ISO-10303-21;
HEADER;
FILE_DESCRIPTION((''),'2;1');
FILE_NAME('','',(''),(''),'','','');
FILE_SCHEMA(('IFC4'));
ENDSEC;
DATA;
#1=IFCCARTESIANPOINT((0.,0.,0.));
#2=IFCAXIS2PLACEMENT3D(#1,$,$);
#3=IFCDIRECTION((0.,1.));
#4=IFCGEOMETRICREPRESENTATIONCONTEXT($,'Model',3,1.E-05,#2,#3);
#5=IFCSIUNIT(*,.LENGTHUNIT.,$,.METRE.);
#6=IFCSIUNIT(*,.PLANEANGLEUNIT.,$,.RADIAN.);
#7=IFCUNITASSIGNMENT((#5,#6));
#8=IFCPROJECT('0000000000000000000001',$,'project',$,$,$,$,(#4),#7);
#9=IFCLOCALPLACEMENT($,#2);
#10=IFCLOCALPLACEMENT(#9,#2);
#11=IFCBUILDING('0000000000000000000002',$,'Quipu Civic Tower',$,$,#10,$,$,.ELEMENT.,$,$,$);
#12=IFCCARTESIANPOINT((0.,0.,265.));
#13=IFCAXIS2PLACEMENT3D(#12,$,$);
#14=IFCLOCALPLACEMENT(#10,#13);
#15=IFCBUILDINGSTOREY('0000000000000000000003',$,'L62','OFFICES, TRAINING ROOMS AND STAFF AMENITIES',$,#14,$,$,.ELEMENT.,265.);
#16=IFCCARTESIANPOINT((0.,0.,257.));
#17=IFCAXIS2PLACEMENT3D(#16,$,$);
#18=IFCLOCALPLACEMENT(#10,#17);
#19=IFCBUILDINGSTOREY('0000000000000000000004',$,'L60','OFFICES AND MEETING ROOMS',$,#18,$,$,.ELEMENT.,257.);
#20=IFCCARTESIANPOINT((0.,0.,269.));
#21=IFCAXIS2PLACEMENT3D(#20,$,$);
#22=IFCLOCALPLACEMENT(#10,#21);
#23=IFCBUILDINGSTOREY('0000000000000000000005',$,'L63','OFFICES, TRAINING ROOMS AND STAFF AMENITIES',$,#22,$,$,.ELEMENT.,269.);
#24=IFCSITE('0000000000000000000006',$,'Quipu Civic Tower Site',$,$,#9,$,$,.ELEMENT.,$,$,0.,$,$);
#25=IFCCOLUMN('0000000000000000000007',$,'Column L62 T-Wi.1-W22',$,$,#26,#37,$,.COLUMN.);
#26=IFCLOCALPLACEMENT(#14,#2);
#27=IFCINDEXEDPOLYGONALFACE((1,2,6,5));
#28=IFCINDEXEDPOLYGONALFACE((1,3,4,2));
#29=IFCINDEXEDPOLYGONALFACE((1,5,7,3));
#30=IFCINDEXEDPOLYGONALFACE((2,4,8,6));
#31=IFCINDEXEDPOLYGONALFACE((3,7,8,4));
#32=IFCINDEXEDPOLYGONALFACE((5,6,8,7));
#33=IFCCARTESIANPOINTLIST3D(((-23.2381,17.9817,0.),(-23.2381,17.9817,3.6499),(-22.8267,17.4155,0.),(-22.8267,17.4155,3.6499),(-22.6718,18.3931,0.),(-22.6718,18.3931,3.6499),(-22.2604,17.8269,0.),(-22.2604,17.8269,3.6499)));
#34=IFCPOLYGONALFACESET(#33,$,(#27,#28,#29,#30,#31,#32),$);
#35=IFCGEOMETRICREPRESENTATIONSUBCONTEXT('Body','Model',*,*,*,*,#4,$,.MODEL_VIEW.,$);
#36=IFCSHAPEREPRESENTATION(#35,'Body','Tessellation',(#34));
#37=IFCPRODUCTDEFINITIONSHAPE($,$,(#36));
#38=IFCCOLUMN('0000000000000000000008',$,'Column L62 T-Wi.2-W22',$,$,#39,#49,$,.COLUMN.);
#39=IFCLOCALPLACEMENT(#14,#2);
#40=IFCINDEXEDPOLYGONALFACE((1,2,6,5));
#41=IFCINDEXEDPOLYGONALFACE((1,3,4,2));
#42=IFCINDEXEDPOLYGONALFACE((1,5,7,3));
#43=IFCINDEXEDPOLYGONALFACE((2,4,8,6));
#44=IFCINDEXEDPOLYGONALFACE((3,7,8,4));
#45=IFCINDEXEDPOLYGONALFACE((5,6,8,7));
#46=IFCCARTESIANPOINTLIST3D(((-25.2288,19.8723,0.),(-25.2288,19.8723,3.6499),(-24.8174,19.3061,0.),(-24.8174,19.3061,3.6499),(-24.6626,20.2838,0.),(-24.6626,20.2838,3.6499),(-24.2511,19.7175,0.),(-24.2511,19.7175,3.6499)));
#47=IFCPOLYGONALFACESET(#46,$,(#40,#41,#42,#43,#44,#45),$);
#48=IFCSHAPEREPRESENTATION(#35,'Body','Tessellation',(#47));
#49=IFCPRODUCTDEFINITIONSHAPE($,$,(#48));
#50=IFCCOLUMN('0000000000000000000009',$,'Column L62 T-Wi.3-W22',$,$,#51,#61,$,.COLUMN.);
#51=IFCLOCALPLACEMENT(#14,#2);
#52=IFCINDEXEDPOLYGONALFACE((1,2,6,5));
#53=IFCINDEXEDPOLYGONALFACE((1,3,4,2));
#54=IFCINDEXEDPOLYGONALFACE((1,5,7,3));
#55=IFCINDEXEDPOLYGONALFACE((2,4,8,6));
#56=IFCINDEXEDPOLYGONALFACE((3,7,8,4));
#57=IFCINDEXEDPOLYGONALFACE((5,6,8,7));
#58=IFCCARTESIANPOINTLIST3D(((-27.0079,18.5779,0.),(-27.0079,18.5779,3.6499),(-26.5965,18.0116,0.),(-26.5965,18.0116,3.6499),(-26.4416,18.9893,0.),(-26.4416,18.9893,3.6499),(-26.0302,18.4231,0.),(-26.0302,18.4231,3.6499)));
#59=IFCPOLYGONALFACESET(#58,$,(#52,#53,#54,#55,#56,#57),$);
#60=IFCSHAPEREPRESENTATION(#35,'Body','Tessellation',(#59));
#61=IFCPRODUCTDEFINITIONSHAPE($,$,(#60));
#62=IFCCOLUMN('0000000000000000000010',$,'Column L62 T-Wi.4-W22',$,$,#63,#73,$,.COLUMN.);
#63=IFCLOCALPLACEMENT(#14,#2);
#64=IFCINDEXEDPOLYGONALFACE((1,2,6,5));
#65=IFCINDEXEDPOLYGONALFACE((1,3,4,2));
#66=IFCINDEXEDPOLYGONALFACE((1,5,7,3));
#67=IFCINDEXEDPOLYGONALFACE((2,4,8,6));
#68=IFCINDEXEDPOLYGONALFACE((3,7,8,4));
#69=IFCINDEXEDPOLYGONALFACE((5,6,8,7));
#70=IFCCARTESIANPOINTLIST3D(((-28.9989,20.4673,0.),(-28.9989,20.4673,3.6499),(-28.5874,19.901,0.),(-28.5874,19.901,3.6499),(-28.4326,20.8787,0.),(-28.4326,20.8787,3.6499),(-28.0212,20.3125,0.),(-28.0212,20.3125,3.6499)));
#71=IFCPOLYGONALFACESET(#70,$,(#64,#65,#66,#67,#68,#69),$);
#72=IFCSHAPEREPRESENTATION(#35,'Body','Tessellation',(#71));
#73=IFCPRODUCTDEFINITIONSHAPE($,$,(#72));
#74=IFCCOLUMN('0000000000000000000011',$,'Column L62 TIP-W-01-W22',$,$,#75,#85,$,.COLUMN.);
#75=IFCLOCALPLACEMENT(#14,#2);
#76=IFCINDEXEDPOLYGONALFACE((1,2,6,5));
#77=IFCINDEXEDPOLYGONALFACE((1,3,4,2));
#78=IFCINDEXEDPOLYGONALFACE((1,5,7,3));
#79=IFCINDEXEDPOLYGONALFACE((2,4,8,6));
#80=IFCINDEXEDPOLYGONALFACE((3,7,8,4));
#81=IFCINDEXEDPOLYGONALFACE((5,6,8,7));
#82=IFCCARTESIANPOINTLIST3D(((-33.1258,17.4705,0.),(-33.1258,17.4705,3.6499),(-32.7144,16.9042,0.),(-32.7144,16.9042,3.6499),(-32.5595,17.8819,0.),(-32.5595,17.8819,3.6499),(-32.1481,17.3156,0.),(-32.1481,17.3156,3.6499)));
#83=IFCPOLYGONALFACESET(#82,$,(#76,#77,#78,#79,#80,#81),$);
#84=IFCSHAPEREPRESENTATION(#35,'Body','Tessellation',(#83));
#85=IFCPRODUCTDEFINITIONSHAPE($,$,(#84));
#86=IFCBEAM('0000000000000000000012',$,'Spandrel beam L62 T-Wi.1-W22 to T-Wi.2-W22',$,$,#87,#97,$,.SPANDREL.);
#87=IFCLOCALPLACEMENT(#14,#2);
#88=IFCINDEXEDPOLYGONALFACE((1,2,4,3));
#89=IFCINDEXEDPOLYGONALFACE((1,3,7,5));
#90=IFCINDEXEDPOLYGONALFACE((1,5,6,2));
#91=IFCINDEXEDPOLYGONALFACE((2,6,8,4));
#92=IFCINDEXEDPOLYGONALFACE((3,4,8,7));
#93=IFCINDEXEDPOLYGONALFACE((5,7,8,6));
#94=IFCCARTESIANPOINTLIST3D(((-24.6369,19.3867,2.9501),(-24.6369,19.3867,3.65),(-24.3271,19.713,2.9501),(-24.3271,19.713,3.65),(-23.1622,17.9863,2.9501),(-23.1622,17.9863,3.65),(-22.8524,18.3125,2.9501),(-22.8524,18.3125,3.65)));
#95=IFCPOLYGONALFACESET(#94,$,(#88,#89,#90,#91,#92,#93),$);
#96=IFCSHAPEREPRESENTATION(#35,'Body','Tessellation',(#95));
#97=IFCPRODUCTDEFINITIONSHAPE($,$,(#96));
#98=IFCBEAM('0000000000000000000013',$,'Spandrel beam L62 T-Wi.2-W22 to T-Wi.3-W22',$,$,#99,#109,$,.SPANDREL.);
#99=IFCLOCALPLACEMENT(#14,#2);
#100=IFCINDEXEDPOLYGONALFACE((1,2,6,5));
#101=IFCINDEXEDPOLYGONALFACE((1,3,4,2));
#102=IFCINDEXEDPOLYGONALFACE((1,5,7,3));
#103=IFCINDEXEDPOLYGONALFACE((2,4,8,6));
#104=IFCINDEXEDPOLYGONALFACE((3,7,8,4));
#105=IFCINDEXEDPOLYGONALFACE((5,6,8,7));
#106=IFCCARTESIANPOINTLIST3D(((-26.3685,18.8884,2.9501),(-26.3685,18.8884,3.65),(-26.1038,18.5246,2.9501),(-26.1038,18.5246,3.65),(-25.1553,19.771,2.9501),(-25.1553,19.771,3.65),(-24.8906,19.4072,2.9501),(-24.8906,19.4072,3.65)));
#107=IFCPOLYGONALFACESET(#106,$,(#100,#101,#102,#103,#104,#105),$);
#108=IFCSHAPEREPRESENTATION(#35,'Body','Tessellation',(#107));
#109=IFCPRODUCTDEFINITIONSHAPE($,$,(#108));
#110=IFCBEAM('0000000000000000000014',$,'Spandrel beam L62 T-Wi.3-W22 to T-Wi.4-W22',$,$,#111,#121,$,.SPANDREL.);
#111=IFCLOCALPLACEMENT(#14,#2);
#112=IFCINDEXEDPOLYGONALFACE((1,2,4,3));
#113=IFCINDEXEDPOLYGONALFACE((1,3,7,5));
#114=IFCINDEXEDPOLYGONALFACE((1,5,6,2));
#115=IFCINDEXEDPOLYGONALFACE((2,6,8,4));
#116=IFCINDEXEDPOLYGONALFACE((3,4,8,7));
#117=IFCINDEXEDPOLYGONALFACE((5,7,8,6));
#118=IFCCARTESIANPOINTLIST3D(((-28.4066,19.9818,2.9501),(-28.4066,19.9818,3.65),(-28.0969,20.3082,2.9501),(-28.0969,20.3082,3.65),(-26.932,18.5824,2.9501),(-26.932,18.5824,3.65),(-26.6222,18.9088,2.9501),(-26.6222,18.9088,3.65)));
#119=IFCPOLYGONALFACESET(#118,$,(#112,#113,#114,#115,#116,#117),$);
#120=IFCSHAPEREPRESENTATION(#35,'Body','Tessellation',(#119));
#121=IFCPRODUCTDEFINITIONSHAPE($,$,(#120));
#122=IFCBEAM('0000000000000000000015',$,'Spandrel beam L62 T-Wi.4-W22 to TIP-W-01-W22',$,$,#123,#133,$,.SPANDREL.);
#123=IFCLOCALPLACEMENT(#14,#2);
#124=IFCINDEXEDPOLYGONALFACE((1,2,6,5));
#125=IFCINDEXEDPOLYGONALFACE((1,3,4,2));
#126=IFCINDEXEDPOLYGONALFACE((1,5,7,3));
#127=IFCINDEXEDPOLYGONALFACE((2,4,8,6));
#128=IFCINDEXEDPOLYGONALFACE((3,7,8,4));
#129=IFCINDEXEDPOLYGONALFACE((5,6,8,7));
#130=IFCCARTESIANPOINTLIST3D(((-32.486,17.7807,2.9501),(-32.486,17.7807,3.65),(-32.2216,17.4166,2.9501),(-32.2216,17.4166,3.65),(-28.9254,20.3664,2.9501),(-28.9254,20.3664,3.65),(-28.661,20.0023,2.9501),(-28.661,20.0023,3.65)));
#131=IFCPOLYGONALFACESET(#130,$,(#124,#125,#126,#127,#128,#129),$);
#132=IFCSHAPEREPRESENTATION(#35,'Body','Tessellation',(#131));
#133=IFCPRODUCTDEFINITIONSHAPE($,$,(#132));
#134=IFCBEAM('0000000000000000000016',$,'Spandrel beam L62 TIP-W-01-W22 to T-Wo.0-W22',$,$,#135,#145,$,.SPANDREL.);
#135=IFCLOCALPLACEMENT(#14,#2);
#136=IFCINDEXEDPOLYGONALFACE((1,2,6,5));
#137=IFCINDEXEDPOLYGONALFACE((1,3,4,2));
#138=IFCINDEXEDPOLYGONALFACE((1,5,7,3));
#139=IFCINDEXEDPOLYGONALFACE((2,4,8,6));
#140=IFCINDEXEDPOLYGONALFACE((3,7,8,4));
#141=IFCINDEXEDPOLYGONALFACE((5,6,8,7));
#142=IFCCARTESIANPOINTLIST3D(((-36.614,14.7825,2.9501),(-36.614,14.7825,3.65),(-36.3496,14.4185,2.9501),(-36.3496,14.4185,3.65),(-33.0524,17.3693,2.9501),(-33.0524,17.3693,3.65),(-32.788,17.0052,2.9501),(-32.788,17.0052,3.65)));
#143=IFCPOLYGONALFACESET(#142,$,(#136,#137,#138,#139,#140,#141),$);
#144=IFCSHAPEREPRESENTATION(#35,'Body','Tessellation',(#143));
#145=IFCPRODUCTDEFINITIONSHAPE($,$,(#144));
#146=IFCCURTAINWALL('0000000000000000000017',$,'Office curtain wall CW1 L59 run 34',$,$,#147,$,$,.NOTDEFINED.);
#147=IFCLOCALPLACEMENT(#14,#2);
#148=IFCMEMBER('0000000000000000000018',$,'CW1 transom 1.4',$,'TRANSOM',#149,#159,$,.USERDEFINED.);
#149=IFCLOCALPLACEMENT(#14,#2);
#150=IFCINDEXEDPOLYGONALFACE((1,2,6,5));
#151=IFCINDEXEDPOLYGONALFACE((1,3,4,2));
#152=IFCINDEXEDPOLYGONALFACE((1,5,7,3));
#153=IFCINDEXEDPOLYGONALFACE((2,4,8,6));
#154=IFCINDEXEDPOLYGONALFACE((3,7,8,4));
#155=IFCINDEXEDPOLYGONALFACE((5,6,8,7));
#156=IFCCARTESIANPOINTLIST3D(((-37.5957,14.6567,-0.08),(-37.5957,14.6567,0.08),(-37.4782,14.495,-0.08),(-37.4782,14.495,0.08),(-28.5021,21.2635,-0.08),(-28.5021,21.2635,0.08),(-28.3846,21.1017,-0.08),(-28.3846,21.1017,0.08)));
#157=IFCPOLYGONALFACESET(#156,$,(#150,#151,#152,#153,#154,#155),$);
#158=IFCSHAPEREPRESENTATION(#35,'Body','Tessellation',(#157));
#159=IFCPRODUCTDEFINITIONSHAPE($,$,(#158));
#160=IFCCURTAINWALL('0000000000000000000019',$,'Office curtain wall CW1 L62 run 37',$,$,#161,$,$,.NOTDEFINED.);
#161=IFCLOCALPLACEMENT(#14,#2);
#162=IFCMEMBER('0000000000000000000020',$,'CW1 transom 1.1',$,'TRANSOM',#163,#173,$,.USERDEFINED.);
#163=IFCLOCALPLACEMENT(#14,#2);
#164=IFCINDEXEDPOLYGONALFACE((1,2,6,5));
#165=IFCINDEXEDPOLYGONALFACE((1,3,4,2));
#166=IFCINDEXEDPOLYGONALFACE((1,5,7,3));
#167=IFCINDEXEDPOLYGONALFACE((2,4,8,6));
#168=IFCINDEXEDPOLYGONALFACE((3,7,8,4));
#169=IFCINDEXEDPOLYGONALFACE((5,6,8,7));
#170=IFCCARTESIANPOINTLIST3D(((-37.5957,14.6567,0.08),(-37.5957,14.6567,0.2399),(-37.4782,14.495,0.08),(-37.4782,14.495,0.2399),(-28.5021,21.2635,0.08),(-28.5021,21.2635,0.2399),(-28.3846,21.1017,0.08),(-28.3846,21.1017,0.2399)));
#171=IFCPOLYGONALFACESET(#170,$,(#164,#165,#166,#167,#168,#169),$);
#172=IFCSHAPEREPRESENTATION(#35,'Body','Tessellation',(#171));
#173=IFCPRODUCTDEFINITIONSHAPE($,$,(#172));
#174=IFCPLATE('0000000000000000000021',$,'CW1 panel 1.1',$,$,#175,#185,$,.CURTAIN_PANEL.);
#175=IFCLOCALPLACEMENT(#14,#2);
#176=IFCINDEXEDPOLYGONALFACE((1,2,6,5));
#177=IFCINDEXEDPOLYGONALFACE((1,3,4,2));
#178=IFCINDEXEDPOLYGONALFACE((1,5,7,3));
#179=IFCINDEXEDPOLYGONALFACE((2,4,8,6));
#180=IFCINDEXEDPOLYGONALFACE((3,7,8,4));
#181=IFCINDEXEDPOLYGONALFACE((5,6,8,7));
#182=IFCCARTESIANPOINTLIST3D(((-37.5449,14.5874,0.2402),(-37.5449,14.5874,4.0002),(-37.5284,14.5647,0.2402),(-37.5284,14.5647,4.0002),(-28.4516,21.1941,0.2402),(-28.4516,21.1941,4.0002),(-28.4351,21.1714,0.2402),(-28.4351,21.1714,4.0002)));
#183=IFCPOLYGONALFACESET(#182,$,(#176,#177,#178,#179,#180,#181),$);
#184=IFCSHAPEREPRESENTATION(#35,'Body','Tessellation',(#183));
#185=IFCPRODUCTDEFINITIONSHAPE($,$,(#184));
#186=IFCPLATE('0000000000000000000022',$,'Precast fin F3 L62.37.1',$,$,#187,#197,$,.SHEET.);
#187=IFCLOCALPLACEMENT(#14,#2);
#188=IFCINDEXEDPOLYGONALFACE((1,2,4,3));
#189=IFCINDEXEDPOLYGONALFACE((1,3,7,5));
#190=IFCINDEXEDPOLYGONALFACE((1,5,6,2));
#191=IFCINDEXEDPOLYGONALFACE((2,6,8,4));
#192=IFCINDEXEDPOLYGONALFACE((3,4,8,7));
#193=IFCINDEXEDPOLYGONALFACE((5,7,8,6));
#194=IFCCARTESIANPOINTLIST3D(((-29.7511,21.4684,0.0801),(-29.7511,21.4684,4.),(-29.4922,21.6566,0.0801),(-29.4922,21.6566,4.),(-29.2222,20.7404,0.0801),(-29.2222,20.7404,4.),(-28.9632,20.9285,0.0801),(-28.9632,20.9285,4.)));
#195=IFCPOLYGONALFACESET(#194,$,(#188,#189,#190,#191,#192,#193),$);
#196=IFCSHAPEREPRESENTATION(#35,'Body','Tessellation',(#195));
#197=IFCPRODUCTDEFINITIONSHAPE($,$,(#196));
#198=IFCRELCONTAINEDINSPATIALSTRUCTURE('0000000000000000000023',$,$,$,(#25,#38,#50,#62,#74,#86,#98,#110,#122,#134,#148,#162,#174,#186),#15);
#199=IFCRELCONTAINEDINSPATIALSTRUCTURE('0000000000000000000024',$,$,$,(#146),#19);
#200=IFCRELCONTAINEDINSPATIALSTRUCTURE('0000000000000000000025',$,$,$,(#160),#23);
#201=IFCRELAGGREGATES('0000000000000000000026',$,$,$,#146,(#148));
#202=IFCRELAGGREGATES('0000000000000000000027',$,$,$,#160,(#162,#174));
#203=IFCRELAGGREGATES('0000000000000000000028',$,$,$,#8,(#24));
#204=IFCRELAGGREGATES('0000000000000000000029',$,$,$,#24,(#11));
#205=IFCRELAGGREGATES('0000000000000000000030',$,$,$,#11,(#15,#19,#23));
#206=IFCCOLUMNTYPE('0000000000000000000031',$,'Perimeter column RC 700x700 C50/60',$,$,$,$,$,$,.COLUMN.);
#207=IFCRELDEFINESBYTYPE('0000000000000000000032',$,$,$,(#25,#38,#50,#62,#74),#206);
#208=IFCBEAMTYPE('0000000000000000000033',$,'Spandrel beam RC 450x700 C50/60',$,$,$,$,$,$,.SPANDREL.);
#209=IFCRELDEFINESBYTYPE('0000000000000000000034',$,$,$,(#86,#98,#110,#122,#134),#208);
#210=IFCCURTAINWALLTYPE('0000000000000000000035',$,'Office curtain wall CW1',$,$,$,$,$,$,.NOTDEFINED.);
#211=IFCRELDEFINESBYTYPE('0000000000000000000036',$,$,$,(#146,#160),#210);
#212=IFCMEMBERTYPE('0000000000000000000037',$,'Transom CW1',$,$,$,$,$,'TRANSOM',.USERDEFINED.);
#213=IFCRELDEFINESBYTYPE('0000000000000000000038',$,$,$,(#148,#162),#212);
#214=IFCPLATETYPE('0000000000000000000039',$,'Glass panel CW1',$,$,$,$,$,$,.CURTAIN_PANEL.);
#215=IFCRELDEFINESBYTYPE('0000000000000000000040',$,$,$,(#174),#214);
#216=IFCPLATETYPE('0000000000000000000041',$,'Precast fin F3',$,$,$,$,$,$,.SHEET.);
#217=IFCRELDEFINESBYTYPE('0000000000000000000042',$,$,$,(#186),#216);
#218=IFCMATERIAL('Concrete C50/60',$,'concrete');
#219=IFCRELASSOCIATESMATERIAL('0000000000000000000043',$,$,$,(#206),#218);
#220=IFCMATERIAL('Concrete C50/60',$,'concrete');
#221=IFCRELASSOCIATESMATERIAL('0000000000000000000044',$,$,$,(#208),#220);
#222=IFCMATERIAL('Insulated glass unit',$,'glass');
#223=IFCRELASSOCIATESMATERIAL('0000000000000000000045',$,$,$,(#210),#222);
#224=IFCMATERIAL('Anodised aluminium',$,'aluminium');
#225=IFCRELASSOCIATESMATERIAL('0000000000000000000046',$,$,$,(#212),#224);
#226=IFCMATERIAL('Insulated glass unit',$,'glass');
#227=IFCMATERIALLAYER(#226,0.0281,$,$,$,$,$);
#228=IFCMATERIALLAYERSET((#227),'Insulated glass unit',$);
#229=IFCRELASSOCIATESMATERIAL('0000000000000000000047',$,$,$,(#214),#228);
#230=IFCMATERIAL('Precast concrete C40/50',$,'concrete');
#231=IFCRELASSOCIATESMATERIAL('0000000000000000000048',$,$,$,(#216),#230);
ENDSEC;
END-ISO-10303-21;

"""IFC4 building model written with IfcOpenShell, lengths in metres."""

from ifc_helpers import new_model, si_unit, direction, frame, origin, origin_2d, place, context, subcontext, project, spatial, rectangle, extrude, material, layer, layer_set, material_profile, profile_set, type_object, element, aggregate, save


model = new_model("IFC4")

# Units and contexts
model_context = context("Model", 3, precision=1e-05, world=origin(), true_north=direction((0.0, 1.0)))
body_context = subcontext(model_context, "Body", "Model", "MODEL_VIEW")
ifc_project = project(units=[si_unit("LENGTHUNIT", "METRE"), si_unit("PLANEANGLEUNIT", "RADIAN")], contexts=[model_context])

# Site, building, storey
site_placement = place(None, origin())
site = spatial("IfcSite", under=ifc_project, at=site_placement, Name="Quipu Civic Tower Site", CompositionType="ELEMENT", RefElevation=0.0)
building_placement = place(site_placement, origin())
building = spatial("IfcBuilding", under=site, at=building_placement, Name="Quipu Civic Tower", CompositionType="ELEMENT")
storey_1_placement = place(building_placement, frame((0.0, 0.0, 265.0)))
storey_1 = spatial("IfcBuildingStorey", under=building, at=storey_1_placement, Name="L62", Description="OFFICES, TRAINING ROOMS AND STAFF AMENITIES", CompositionType="ELEMENT", Elevation=265.0)

# Columns
ifc_material_1 = material(Name="Concrete C50/60", Category="concrete")
ifc_material_profile_1 = material_profile(ifc_material_1, rectangle(XDim=0.7, YDim=0.7, at=origin_2d()), Name="RC700x700")
ifc_profile_set_1 = profile_set([ifc_material_profile_1], Name="Concrete C50/60")
column_type = type_object("IfcColumnType", Name="Perimeter column RC 700x700 C50/60", PredefinedType="COLUMN", material=ifc_profile_set_1)
for number, where, z_axis, x_axis, name in (
    (1, (-22.7493, 17.9043, 0.0), (0.0, 0.0, 1.0), (-0.587785, 0.809017, 0.0), "Column L62 T-Wi.1-W22"),
    (2, (-24.74, 19.7949, 0.0), (0.0, 0.0, 1.0), (-0.587785, 0.809017, 0.0), "Column L62 T-Wi.2-W22"),
    (3, (-26.519, 18.5005, 0.0), (0.0, 0.0, 1.0), (-0.587785, 0.809017, 0.0), "Column L62 T-Wi.3-W22"),
    (4, (-28.51, 20.3899, 0.0), (0.0, 0.0, 1.0), (-0.809017, -0.587785, 0.0), "Column L62 T-Wi.4-W22"),
    (5, (-32.637, 17.3931, 0.0), (0.0, 0.0, 1.0), (-0.809017, -0.587785, 0.0), "Column L62 TIP-W-01-W22"),
):
    element("IfcColumn", number, at=place(storey_1_placement, frame(where, z_axis=z_axis, x_axis=x_axis)), inside=storey_1, type_object=column_type, Name=name, PredefinedType="COLUMN", context=body_context, shape_type="SweptSolid", body=[
        extrude(rectangle(XDim=0.7, YDim=0.7, at=origin_2d()), origin(), (0.0, 0.0, 1.0), 3.6499),
    ])

# Beams
ifc_material_2 = material(Name="Concrete C50/60", Category="concrete")
ifc_material_profile_2 = material_profile(ifc_material_2, rectangle(XDim=0.45, YDim=0.7, at=origin_2d()), Name="RC450x700")
ifc_profile_set_2 = profile_set([ifc_material_profile_2], Name="Concrete C50/60")
beam_type = type_object("IfcBeamType", Name="Spandrel beam RC 450x700 C50/60", PredefinedType="SPANDREL", material=ifc_profile_set_2)
beam_1_placement = place(storey_1_placement, frame((-23.0073, 18.1494, 3.3), z_axis=(-0.725119, 0.688623, 0.0), x_axis=(-0.688623, -0.725119, 0.0)))
element("IfcBeam", 6, at=beam_1_placement, inside=storey_1, type_object=beam_type, Name="Spandrel beam L62 T-Wi.1-W22 to T-Wi.2-W22", PredefinedType="SPANDREL", context=body_context, shape_type="SweptSolid", body=[
    extrude(rectangle(XDim=0.45, YDim=0.7, at=origin_2d()), origin(), (0.0, 0.0, 1.0), 2.0337),
])
beam_2_placement = place(storey_1_placement, frame((-25.0229, 19.5891, 3.3), z_axis=(-0.808645, -0.588297, 0.0), x_axis=(0.588297, -0.808645, 0.0)))
element("IfcBeam", 7, at=beam_2_placement, inside=storey_1, type_object=beam_type, Name="Spandrel beam L62 T-Wi.2-W22 to T-Wi.3-W22", PredefinedType="SPANDREL", context=body_context, shape_type="SweptSolid", body=[
    extrude(rectangle(XDim=0.45, YDim=0.7, at=origin_2d()), origin(), (0.0, 0.0, 1.0), 1.5002),
])
beam_3_placement = place(storey_1_placement, frame((-26.7771, 18.7456, 3.3), z_axis=(-0.725359, 0.688371, 0.0), x_axis=(-0.688371, -0.725359, 0.0)))
element("IfcBeam", 8, at=beam_3_placement, inside=storey_1, type_object=beam_type, Name="Spandrel beam L62 T-Wi.3-W22 to T-Wi.4-W22", PredefinedType="SPANDREL", context=body_context, shape_type="SweptSolid", body=[
    extrude(rectangle(XDim=0.45, YDim=0.7, at=origin_2d()), origin(), (0.0, 0.0, 1.0), 2.033),
])
beam_4_placement = place(storey_1_placement, frame((-28.7932, 20.1843, 3.3), z_axis=(-0.809146, -0.587607, 0.0), x_axis=(0.587607, -0.809146, 0.0)))
element("IfcBeam", 9, at=beam_4_placement, inside=storey_1, type_object=beam_type, Name="Spandrel beam L62 T-Wi.4-W22 to TIP-W-01-W22", PredefinedType="SPANDREL", context=body_context, shape_type="SweptSolid", body=[
    extrude(rectangle(XDim=0.45, YDim=0.7, at=origin_2d()), origin(), (0.0, 0.0, 1.0), 4.4004),
])
beam_5_placement = place(storey_1_placement, frame((-32.9202, 17.1873, 3.3), z_axis=(-0.809117, -0.587647, 0.0), x_axis=(0.587647, -0.809117, 0.0)))
element("IfcBeam", 10, at=beam_5_placement, inside=storey_1, type_object=beam_type, Name="Spandrel beam L62 TIP-W-01-W22 to T-Wo.0-W22", PredefinedType="SPANDREL", context=body_context, shape_type="SweptSolid", body=[
    extrude(rectangle(XDim=0.45, YDim=0.7, at=origin_2d()), origin(), (0.0, 0.0, 1.0), 4.4019),
])

# Shared definitions
storey_2_placement = place(building_placement, frame((0.0, 0.0, 257.0)))
storey_2 = spatial("IfcBuildingStorey", under=building, at=storey_2_placement, Name="L60", Description="OFFICES AND MEETING ROOMS", CompositionType="ELEMENT", Elevation=257.0)

# Curtain wall, member
ifc_material_3 = material(Name="Insulated glass unit", Category="glass")
curtain_wall_type = type_object("IfcCurtainWallType", Name="Office curtain wall CW1", PredefinedType="NOTDEFINED", material=ifc_material_3)
curtain_wall_1_placement = place(storey_2_placement, origin())
curtain_wall_1 = element("IfcCurtainWall", 11, at=curtain_wall_1_placement, inside=storey_2, type_object=curtain_wall_type, Name="Office curtain wall CW1 L59 run 34", PredefinedType="NOTDEFINED")
ifc_material_4 = material(Name="Anodised aluminium", Category="aluminium")
ifc_material_profile_3 = material_profile(ifc_material_4, rectangle(XDim=0.2, YDim=0.1599, at=origin_2d()), Name="RECT 200x160")
ifc_profile_set_3 = profile_set([ifc_material_profile_3], Name="Anodised aluminium")
member_type = type_object("IfcMemberType", Name="Transom CW1", ElementType="TRANSOM", PredefinedType="USERDEFINED", material=ifc_profile_set_3)
member_1_placement = place(storey_1_placement, frame((-28.4434, 21.1826, 0.0), z_axis=(-0.809022, -0.587778, 0.0), x_axis=(0.587778, -0.809022, 0.0)))
member_1 = element("IfcMember", 12, at=member_1_placement, inside=storey_1, type_object=member_type, Name="CW1 transom 1.4", ObjectType="TRANSOM", PredefinedType="USERDEFINED", context=body_context, shape_type="SweptSolid", body=[
    extrude(rectangle(XDim=0.2, YDim=0.1599, at=origin_2d()), origin(), (0.0, 0.0, 1.0), 11.2402),
])
aggregate(curtain_wall_1, [member_1])

# Shared definitions
storey_3_placement = place(building_placement, frame((0.0, 0.0, 269.0)))
storey_3 = spatial("IfcBuildingStorey", under=building, at=storey_3_placement, Name="L63", Description="OFFICES, TRAINING ROOMS AND STAFF AMENITIES", CompositionType="ELEMENT", Elevation=269.0)

# Curtain wall, member, plate
curtain_wall_2_placement = place(storey_3_placement, origin())
curtain_wall_2 = element("IfcCurtainWall", 13, at=curtain_wall_2_placement, inside=storey_3, type_object=curtain_wall_type, Name="Office curtain wall CW1 L62 run 37", PredefinedType="NOTDEFINED")
member_2_placement = place(storey_1_placement, frame((-28.4434, 21.1826, 0.1599), z_axis=(-0.809022, -0.587778, 0.0), x_axis=(0.587778, -0.809022, 0.0)))
member_2 = element("IfcMember", 14, at=member_2_placement, inside=storey_1, type_object=member_type, Name="CW1 transom 1.1", ObjectType="TRANSOM", PredefinedType="USERDEFINED", context=body_context, shape_type="SweptSolid", body=[
    extrude(rectangle(XDim=0.2, YDim=0.1599, at=origin_2d()), origin(), (0.0, 0.0, 1.0), 11.2402),
])
ifc_material_5 = material(Name="Insulated glass unit", Category="glass")
ifc_layer_1 = layer(ifc_material_5, 0.0281)
ifc_layer_set_1 = layer_set([ifc_layer_1], Name="Insulated glass unit")
plate_type_1 = type_object("IfcPlateType", Name="Glass panel CW1", PredefinedType="CURTAIN_PANEL", material=ifc_layer_set_1)
plate_placement = place(storey_1_placement, frame((-32.99, 17.8794, 0.2402), z_axis=(0.0, 0.0, 1.0), x_axis=(-0.809015, -0.587788, 0.0)))
plate = element("IfcPlate", 15, at=plate_placement, inside=storey_1, type_object=plate_type_1, Name="CW1 panel 1.1", PredefinedType="CURTAIN_PANEL", context=body_context, shape_type="SweptSolid", body=[
    extrude(rectangle(XDim=11.24, YDim=0.0281, at=origin_2d()), origin(), (0.0, 0.0, 1.0), 3.76),
])
aggregate(curtain_wall_2, [member_2, plate])

# Plate
ifc_material_6 = material(Name="Precast concrete C40/50", Category="concrete")
plate_type_2 = type_object("IfcPlateType", Name="Precast fin F3", PredefinedType="SHEET", material=ifc_material_6)
for number, where, z_axis, x_axis, name in (
    (16, (-29.3572, 21.1985, 0.0801), (0.0, 0.0, 1.0), (-0.809017, -0.587785, 0.0), "Precast fin F3 L62.37.1"),
):
    element("IfcPlate", number, at=place(storey_1_placement, frame(where, z_axis=z_axis, x_axis=x_axis)), inside=storey_1, type_object=plate_type_2, Name=name, PredefinedType="SHEET", context=body_context, shape_type="SweptSolid", body=[
        extrude(rectangle(XDim=0.3201, YDim=0.8999, at=origin_2d()), origin(), (0.0, 0.0, 1.0), 3.9199),
    ])

save(model, "model.ifc")
